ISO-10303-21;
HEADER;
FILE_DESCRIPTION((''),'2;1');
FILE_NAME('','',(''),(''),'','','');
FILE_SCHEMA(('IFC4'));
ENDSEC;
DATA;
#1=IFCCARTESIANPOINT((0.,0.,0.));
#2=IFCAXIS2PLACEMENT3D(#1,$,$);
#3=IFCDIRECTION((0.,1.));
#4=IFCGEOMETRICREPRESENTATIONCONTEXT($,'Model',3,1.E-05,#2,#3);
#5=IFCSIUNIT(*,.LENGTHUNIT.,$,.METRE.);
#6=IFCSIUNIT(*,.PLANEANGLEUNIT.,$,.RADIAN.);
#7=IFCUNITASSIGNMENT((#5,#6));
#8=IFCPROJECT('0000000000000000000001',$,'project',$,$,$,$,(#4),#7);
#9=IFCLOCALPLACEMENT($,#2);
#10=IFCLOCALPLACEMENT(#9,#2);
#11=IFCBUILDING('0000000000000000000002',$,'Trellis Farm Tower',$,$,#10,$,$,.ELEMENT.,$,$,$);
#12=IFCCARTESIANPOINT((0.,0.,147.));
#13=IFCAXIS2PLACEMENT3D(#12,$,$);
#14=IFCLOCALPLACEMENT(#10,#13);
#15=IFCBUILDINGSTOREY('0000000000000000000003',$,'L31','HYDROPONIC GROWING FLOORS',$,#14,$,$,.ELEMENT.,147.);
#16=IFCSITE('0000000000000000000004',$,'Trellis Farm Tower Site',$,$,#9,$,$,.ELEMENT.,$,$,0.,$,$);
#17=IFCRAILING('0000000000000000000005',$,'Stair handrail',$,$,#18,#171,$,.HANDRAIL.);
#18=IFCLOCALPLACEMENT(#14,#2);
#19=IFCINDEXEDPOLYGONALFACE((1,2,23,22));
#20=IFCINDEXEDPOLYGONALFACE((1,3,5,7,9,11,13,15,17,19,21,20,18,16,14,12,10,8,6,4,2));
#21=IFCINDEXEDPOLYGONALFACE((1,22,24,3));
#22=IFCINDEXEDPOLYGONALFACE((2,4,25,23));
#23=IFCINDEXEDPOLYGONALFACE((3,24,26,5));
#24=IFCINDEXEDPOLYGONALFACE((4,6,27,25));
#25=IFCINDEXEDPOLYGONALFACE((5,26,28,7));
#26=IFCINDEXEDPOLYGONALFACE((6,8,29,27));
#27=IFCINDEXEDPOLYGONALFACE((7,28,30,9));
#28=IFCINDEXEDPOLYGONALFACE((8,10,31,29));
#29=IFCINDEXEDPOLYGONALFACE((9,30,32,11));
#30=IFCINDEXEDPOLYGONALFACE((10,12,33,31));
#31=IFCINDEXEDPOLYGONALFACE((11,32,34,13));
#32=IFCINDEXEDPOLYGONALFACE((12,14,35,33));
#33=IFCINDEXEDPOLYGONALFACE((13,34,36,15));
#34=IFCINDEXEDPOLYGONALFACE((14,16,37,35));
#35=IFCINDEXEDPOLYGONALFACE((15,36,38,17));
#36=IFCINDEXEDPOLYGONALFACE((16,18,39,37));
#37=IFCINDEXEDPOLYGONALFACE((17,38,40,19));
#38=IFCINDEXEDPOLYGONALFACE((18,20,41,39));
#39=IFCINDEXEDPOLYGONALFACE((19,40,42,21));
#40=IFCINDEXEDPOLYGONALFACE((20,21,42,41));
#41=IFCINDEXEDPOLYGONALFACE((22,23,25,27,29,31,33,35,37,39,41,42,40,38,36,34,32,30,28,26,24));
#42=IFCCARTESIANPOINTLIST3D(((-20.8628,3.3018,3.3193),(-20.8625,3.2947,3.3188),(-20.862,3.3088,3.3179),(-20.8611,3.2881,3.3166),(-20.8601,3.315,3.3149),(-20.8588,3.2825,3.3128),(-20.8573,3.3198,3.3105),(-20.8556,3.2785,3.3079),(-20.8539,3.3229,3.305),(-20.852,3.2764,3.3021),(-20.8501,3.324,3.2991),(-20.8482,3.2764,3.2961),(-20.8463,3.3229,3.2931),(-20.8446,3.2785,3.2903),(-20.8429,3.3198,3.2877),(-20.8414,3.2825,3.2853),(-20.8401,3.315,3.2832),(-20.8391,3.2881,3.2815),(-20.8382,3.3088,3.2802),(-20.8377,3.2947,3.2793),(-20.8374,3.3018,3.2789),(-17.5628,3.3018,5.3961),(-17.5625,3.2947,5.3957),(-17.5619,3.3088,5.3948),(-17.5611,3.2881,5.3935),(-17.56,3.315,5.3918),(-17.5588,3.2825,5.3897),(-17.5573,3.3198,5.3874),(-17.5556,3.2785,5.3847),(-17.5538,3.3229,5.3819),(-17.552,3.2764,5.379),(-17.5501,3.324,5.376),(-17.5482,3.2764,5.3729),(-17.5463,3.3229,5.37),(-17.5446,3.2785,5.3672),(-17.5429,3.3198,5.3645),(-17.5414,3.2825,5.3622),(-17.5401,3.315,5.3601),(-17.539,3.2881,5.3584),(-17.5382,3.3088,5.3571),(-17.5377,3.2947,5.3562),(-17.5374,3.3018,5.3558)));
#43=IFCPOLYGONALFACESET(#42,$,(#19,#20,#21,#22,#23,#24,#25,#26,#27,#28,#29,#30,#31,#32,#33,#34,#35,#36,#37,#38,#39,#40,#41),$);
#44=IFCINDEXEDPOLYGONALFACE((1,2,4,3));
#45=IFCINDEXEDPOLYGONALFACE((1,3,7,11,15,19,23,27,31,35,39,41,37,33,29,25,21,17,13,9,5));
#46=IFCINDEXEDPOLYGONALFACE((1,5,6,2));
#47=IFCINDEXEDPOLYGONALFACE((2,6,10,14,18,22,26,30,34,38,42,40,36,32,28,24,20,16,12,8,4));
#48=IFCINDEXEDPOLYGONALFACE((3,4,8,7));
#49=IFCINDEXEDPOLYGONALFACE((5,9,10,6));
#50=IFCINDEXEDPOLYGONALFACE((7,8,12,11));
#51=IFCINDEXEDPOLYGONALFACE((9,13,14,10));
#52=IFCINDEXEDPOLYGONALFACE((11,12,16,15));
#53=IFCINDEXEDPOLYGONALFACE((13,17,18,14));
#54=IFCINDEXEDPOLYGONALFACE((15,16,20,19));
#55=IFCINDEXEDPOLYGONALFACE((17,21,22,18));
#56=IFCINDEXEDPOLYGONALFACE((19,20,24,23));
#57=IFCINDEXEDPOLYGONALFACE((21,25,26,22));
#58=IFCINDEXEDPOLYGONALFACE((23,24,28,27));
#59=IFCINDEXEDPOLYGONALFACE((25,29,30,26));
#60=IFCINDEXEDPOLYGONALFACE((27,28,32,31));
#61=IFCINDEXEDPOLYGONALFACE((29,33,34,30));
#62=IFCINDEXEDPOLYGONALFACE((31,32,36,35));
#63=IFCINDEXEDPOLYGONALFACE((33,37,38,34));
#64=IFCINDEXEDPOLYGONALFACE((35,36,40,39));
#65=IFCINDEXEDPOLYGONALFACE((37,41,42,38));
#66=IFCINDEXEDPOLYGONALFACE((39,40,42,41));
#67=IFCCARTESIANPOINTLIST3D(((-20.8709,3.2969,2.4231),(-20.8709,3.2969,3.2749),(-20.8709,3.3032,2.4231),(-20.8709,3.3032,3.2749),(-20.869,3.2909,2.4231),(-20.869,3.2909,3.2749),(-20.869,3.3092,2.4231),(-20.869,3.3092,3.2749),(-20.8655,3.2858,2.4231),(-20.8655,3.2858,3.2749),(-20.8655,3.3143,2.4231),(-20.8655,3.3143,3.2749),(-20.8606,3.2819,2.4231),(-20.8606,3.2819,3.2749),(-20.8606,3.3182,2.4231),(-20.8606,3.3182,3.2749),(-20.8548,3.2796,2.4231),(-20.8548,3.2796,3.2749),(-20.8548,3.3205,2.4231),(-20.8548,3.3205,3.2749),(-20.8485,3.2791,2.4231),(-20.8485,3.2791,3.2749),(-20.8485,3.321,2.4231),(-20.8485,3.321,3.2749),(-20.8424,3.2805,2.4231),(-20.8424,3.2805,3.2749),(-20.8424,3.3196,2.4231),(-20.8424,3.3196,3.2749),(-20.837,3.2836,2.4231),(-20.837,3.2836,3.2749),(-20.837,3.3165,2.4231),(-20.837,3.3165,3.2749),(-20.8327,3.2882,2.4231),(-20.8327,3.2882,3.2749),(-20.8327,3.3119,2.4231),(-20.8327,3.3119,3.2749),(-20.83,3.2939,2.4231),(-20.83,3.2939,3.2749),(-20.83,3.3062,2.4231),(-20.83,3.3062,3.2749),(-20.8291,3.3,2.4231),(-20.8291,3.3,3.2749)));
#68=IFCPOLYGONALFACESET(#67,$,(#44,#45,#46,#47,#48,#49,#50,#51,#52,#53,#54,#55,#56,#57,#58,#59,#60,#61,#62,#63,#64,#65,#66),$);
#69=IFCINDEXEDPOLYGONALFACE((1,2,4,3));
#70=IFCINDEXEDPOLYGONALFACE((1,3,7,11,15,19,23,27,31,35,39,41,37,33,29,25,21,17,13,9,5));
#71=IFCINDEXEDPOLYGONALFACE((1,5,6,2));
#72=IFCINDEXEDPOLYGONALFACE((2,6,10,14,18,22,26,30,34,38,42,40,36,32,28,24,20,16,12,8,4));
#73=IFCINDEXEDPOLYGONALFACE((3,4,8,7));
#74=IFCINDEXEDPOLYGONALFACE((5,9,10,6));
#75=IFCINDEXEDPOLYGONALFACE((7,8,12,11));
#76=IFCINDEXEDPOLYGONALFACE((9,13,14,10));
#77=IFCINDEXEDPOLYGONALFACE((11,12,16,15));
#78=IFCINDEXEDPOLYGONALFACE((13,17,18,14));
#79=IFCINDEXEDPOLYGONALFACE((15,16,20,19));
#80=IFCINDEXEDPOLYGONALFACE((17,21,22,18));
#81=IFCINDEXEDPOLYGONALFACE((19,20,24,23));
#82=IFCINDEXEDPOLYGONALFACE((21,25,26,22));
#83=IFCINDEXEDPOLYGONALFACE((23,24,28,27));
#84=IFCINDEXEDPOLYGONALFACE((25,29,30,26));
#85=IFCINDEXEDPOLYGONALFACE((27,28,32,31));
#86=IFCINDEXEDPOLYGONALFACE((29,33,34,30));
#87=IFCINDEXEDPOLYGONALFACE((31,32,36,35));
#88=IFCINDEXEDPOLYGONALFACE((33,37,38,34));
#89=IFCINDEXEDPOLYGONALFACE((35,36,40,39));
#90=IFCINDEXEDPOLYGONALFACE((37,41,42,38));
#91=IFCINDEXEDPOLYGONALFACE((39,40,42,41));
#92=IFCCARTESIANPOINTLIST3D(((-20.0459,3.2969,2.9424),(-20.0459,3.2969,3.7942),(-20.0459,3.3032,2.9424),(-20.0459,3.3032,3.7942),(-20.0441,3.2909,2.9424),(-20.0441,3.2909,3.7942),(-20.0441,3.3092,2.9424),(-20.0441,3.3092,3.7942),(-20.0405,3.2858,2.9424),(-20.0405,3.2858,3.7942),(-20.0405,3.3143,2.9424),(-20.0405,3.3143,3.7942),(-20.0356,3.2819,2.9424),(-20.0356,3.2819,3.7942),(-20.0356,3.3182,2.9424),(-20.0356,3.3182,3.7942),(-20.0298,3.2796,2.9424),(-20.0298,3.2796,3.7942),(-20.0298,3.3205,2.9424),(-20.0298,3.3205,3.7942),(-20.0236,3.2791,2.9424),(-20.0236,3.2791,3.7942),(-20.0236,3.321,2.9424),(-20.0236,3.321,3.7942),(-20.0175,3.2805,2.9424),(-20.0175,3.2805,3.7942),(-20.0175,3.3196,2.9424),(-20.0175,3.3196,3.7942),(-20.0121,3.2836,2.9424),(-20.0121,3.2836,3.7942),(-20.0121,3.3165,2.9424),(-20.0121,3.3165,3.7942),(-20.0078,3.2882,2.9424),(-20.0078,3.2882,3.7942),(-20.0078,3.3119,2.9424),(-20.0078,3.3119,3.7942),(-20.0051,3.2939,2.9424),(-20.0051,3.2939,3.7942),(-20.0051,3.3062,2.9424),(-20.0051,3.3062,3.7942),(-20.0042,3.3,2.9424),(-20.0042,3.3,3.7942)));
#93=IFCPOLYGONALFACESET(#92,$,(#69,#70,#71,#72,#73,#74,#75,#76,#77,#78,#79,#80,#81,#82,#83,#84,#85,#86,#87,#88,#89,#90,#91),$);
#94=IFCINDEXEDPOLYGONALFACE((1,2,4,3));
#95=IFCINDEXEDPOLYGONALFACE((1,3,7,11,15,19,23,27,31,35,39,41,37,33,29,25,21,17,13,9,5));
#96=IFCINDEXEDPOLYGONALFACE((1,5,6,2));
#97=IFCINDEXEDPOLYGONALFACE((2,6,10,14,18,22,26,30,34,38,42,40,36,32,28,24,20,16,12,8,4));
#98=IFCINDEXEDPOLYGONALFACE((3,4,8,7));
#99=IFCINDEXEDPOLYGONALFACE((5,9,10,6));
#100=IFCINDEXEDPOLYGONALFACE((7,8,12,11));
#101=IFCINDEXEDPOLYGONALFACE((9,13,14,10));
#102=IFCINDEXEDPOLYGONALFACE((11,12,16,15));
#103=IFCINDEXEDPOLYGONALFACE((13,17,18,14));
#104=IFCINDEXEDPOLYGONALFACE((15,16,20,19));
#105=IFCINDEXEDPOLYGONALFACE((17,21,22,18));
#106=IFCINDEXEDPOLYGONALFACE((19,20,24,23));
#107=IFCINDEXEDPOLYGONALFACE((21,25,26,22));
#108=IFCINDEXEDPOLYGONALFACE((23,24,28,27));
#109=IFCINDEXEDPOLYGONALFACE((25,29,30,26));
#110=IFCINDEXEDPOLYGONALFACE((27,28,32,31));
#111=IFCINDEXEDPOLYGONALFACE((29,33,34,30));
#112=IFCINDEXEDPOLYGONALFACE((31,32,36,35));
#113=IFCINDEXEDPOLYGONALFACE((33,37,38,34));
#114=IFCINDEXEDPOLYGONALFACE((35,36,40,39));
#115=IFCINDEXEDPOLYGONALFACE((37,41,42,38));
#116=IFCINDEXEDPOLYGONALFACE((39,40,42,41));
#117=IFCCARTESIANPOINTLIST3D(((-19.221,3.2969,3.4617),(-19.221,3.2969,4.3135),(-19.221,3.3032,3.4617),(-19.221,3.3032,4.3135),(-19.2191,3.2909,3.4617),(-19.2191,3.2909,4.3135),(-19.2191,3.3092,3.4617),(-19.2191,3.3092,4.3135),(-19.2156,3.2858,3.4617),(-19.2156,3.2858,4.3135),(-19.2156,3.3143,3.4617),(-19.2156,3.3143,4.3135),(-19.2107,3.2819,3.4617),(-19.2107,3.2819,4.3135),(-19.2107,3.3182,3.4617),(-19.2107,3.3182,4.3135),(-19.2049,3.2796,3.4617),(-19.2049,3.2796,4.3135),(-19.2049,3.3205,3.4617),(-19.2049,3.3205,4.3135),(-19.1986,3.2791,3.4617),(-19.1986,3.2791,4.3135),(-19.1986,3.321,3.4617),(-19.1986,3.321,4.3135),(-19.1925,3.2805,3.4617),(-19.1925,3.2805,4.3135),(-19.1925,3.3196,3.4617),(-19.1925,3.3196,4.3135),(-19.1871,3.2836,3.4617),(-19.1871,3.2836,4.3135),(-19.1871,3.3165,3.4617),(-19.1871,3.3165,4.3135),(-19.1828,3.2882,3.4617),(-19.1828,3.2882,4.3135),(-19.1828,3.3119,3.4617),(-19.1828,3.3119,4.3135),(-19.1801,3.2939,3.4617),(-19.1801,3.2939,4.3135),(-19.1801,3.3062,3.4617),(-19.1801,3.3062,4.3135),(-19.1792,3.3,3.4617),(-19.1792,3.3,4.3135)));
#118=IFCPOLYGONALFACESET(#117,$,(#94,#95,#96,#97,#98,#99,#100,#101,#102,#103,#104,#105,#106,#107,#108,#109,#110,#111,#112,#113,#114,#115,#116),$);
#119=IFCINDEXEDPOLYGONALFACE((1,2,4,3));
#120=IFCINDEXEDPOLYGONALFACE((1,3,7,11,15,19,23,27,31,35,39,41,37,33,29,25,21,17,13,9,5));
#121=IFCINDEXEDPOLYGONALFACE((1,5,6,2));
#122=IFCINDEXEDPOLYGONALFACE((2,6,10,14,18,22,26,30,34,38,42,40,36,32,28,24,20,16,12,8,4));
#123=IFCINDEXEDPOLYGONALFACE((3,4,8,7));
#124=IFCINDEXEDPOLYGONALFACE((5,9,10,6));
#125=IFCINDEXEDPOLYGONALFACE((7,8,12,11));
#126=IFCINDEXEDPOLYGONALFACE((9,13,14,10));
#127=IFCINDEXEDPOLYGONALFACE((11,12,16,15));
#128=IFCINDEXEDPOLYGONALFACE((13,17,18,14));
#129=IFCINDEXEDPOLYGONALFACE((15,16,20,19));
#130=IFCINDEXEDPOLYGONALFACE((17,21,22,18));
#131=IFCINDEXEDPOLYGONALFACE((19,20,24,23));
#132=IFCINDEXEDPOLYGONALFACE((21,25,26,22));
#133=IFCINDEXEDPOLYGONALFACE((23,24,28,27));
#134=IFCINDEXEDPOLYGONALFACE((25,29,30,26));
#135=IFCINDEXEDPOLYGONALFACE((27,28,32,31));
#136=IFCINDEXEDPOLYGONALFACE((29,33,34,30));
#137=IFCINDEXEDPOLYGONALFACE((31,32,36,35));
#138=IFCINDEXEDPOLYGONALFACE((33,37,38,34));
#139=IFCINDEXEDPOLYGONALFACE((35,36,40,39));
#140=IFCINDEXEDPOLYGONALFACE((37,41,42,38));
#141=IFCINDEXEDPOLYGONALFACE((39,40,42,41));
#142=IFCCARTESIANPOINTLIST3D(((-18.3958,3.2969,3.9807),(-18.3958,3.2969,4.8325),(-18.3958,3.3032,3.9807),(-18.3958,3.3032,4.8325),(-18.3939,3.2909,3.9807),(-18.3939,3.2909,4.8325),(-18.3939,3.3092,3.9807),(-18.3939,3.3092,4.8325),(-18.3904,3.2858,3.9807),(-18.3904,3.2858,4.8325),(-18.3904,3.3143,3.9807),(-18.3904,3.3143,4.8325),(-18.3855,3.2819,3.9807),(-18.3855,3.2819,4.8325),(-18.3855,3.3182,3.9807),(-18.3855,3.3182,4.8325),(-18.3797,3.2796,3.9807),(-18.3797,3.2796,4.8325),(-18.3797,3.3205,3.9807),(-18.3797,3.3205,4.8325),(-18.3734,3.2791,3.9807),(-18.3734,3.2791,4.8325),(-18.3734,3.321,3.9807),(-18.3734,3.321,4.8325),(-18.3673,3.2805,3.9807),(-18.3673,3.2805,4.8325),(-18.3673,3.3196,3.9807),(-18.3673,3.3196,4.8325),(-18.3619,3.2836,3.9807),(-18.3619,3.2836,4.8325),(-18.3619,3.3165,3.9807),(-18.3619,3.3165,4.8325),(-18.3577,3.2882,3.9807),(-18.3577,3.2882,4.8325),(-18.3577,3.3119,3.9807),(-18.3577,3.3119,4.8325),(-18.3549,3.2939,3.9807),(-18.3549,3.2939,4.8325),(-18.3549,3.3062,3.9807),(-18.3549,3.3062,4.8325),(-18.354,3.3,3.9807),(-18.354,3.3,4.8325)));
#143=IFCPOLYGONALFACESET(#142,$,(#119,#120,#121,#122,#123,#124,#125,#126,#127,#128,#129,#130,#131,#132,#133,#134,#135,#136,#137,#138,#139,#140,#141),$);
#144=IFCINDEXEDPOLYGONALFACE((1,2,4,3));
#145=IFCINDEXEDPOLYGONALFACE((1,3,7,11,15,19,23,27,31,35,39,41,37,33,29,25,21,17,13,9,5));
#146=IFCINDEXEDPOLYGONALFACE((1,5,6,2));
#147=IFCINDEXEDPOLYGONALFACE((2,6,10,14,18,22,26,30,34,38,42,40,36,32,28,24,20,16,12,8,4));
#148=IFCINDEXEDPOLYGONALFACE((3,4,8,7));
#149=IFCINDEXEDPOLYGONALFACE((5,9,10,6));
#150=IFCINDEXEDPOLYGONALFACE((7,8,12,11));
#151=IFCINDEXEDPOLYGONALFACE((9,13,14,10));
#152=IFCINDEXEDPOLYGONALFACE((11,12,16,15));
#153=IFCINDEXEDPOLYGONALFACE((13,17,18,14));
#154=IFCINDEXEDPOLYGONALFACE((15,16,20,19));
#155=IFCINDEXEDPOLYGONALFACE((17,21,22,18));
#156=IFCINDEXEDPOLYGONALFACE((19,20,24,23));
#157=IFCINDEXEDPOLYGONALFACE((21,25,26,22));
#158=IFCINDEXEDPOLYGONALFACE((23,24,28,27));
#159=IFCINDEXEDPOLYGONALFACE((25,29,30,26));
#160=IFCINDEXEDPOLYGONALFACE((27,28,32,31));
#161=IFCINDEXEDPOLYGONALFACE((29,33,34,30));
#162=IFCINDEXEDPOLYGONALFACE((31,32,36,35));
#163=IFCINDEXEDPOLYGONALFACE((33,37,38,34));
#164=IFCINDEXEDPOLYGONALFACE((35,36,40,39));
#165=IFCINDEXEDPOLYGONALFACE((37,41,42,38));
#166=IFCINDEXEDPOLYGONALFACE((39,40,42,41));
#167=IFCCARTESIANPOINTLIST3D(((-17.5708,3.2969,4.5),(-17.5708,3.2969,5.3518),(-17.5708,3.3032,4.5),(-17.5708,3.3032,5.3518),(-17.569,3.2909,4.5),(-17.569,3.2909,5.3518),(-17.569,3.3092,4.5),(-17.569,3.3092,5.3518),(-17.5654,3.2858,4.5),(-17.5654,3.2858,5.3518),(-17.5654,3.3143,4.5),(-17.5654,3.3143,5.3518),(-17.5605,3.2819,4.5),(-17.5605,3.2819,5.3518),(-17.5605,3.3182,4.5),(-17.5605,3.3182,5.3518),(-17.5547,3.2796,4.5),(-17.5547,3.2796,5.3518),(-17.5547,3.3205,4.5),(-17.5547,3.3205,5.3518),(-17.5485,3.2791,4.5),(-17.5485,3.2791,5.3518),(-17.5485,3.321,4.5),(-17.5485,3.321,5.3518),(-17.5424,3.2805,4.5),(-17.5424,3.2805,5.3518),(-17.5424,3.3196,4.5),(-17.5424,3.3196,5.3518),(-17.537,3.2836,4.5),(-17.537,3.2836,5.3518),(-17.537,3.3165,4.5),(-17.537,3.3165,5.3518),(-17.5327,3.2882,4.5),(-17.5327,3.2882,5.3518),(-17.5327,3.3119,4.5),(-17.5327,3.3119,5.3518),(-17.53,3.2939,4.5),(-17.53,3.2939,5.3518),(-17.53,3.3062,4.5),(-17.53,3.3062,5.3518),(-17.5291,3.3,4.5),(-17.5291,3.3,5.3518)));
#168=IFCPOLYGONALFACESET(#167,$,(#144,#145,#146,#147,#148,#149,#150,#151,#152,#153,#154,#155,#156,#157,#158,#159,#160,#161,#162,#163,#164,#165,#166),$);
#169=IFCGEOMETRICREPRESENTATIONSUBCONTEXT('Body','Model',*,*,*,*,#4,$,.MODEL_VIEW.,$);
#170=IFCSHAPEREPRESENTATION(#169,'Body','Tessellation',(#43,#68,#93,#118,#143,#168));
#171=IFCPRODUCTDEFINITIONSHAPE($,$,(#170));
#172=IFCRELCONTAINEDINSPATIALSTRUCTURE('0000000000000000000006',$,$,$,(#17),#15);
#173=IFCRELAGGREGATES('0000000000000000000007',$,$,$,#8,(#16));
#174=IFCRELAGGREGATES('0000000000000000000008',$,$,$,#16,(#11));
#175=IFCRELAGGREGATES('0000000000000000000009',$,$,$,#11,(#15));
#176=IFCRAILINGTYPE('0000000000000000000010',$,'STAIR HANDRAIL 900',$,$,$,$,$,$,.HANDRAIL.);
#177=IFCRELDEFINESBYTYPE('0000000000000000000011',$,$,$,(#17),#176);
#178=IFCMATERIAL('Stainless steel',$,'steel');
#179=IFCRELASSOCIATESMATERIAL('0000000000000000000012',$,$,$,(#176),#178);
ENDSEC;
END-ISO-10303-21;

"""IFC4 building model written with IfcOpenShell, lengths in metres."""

from ifc_helpers import new_model, si_unit, direction, frame, origin, origin_2d, place, context, subcontext, project, spatial, circle, extrude, source, transform, mapped, material, type_object, element, save


model = new_model("IFC4")

# Units and contexts
model_context = context("Model", 3, precision=1e-05, world=origin(), true_north=direction((0.0, 1.0)))
body_context = subcontext(model_context, "Body", "Model", "MODEL_VIEW")
ifc_project = project(units=[si_unit("LENGTHUNIT", "METRE"), si_unit("PLANEANGLEUNIT", "RADIAN")], contexts=[model_context])

# Site, building, storey
site_placement = place(None, origin())
site = spatial("IfcSite", under=ifc_project, at=site_placement, Name="Trellis Farm Tower Site", CompositionType="ELEMENT", RefElevation=0.0)
building_placement = place(site_placement, origin())
building = spatial("IfcBuilding", under=site, at=building_placement, Name="Trellis Farm Tower", CompositionType="ELEMENT")
storey_placement = place(building_placement, frame((0.0, 0.0, 147.0)))
storey = spatial("IfcBuildingStorey", under=building, at=storey_placement, Name="L31", Description="HYDROPONIC GROWING FLOORS", CompositionType="ELEMENT", Elevation=147.0)

# Railing
ifc_material_1 = material(Name="Stainless steel", Category="steel")
railing_type = type_object("IfcRailingType", Name="STAIR HANDRAIL 900", PredefinedType="HANDRAIL", material=ifc_material_1)
shared_shape_1 = source(origin(), body_context, "Body", "SweptSolid", [
    extrude(circle(Radius=0.0239, at=origin_2d()), frame((0.0, 0.0, 0.876), z_axis=(0.846337, 0.0, 0.532647), x_axis=(0.0, 1.0, 0.0)), (0.0, 0.0, 1.0), 3.8992),
    extrude(circle(Radius=0.021, at=origin_2d()), origin(), (0.0, 0.0, 1.0), 0.8518),
    extrude(circle(Radius=0.021, at=origin_2d()), frame((0.825, 0.0, 0.5193)), (0.0, 0.0, 1.0), 0.8518),
    extrude(circle(Radius=0.021, at=origin_2d()), frame((1.6499, 0.0, 1.0386)), (0.0, 0.0, 1.0), 0.8518),
    extrude(circle(Radius=0.021, at=origin_2d()), frame((2.4751, 0.0, 1.5576)), (0.0, 0.0, 1.0), 0.8518),
    extrude(circle(Radius=0.021, at=origin_2d()), frame((3.3, 0.0, 2.0769)), (0.0, 0.0, 1.0), 0.8518),
])
for number, where, name in (
    (1, (-20.8501, 3.3, 2.4231), "Stair handrail"),
):
    element("IfcRailing", number, at=place(storey_placement, frame(where)), inside=storey, type_object=railing_type, Name=name, PredefinedType="HANDRAIL", context=body_context, shape_type="MappedRepresentation", body=[
        mapped(shared_shape_1, transform((0.0, 0.0, 0.0))),
    ])

save(model, "model.ifc")
